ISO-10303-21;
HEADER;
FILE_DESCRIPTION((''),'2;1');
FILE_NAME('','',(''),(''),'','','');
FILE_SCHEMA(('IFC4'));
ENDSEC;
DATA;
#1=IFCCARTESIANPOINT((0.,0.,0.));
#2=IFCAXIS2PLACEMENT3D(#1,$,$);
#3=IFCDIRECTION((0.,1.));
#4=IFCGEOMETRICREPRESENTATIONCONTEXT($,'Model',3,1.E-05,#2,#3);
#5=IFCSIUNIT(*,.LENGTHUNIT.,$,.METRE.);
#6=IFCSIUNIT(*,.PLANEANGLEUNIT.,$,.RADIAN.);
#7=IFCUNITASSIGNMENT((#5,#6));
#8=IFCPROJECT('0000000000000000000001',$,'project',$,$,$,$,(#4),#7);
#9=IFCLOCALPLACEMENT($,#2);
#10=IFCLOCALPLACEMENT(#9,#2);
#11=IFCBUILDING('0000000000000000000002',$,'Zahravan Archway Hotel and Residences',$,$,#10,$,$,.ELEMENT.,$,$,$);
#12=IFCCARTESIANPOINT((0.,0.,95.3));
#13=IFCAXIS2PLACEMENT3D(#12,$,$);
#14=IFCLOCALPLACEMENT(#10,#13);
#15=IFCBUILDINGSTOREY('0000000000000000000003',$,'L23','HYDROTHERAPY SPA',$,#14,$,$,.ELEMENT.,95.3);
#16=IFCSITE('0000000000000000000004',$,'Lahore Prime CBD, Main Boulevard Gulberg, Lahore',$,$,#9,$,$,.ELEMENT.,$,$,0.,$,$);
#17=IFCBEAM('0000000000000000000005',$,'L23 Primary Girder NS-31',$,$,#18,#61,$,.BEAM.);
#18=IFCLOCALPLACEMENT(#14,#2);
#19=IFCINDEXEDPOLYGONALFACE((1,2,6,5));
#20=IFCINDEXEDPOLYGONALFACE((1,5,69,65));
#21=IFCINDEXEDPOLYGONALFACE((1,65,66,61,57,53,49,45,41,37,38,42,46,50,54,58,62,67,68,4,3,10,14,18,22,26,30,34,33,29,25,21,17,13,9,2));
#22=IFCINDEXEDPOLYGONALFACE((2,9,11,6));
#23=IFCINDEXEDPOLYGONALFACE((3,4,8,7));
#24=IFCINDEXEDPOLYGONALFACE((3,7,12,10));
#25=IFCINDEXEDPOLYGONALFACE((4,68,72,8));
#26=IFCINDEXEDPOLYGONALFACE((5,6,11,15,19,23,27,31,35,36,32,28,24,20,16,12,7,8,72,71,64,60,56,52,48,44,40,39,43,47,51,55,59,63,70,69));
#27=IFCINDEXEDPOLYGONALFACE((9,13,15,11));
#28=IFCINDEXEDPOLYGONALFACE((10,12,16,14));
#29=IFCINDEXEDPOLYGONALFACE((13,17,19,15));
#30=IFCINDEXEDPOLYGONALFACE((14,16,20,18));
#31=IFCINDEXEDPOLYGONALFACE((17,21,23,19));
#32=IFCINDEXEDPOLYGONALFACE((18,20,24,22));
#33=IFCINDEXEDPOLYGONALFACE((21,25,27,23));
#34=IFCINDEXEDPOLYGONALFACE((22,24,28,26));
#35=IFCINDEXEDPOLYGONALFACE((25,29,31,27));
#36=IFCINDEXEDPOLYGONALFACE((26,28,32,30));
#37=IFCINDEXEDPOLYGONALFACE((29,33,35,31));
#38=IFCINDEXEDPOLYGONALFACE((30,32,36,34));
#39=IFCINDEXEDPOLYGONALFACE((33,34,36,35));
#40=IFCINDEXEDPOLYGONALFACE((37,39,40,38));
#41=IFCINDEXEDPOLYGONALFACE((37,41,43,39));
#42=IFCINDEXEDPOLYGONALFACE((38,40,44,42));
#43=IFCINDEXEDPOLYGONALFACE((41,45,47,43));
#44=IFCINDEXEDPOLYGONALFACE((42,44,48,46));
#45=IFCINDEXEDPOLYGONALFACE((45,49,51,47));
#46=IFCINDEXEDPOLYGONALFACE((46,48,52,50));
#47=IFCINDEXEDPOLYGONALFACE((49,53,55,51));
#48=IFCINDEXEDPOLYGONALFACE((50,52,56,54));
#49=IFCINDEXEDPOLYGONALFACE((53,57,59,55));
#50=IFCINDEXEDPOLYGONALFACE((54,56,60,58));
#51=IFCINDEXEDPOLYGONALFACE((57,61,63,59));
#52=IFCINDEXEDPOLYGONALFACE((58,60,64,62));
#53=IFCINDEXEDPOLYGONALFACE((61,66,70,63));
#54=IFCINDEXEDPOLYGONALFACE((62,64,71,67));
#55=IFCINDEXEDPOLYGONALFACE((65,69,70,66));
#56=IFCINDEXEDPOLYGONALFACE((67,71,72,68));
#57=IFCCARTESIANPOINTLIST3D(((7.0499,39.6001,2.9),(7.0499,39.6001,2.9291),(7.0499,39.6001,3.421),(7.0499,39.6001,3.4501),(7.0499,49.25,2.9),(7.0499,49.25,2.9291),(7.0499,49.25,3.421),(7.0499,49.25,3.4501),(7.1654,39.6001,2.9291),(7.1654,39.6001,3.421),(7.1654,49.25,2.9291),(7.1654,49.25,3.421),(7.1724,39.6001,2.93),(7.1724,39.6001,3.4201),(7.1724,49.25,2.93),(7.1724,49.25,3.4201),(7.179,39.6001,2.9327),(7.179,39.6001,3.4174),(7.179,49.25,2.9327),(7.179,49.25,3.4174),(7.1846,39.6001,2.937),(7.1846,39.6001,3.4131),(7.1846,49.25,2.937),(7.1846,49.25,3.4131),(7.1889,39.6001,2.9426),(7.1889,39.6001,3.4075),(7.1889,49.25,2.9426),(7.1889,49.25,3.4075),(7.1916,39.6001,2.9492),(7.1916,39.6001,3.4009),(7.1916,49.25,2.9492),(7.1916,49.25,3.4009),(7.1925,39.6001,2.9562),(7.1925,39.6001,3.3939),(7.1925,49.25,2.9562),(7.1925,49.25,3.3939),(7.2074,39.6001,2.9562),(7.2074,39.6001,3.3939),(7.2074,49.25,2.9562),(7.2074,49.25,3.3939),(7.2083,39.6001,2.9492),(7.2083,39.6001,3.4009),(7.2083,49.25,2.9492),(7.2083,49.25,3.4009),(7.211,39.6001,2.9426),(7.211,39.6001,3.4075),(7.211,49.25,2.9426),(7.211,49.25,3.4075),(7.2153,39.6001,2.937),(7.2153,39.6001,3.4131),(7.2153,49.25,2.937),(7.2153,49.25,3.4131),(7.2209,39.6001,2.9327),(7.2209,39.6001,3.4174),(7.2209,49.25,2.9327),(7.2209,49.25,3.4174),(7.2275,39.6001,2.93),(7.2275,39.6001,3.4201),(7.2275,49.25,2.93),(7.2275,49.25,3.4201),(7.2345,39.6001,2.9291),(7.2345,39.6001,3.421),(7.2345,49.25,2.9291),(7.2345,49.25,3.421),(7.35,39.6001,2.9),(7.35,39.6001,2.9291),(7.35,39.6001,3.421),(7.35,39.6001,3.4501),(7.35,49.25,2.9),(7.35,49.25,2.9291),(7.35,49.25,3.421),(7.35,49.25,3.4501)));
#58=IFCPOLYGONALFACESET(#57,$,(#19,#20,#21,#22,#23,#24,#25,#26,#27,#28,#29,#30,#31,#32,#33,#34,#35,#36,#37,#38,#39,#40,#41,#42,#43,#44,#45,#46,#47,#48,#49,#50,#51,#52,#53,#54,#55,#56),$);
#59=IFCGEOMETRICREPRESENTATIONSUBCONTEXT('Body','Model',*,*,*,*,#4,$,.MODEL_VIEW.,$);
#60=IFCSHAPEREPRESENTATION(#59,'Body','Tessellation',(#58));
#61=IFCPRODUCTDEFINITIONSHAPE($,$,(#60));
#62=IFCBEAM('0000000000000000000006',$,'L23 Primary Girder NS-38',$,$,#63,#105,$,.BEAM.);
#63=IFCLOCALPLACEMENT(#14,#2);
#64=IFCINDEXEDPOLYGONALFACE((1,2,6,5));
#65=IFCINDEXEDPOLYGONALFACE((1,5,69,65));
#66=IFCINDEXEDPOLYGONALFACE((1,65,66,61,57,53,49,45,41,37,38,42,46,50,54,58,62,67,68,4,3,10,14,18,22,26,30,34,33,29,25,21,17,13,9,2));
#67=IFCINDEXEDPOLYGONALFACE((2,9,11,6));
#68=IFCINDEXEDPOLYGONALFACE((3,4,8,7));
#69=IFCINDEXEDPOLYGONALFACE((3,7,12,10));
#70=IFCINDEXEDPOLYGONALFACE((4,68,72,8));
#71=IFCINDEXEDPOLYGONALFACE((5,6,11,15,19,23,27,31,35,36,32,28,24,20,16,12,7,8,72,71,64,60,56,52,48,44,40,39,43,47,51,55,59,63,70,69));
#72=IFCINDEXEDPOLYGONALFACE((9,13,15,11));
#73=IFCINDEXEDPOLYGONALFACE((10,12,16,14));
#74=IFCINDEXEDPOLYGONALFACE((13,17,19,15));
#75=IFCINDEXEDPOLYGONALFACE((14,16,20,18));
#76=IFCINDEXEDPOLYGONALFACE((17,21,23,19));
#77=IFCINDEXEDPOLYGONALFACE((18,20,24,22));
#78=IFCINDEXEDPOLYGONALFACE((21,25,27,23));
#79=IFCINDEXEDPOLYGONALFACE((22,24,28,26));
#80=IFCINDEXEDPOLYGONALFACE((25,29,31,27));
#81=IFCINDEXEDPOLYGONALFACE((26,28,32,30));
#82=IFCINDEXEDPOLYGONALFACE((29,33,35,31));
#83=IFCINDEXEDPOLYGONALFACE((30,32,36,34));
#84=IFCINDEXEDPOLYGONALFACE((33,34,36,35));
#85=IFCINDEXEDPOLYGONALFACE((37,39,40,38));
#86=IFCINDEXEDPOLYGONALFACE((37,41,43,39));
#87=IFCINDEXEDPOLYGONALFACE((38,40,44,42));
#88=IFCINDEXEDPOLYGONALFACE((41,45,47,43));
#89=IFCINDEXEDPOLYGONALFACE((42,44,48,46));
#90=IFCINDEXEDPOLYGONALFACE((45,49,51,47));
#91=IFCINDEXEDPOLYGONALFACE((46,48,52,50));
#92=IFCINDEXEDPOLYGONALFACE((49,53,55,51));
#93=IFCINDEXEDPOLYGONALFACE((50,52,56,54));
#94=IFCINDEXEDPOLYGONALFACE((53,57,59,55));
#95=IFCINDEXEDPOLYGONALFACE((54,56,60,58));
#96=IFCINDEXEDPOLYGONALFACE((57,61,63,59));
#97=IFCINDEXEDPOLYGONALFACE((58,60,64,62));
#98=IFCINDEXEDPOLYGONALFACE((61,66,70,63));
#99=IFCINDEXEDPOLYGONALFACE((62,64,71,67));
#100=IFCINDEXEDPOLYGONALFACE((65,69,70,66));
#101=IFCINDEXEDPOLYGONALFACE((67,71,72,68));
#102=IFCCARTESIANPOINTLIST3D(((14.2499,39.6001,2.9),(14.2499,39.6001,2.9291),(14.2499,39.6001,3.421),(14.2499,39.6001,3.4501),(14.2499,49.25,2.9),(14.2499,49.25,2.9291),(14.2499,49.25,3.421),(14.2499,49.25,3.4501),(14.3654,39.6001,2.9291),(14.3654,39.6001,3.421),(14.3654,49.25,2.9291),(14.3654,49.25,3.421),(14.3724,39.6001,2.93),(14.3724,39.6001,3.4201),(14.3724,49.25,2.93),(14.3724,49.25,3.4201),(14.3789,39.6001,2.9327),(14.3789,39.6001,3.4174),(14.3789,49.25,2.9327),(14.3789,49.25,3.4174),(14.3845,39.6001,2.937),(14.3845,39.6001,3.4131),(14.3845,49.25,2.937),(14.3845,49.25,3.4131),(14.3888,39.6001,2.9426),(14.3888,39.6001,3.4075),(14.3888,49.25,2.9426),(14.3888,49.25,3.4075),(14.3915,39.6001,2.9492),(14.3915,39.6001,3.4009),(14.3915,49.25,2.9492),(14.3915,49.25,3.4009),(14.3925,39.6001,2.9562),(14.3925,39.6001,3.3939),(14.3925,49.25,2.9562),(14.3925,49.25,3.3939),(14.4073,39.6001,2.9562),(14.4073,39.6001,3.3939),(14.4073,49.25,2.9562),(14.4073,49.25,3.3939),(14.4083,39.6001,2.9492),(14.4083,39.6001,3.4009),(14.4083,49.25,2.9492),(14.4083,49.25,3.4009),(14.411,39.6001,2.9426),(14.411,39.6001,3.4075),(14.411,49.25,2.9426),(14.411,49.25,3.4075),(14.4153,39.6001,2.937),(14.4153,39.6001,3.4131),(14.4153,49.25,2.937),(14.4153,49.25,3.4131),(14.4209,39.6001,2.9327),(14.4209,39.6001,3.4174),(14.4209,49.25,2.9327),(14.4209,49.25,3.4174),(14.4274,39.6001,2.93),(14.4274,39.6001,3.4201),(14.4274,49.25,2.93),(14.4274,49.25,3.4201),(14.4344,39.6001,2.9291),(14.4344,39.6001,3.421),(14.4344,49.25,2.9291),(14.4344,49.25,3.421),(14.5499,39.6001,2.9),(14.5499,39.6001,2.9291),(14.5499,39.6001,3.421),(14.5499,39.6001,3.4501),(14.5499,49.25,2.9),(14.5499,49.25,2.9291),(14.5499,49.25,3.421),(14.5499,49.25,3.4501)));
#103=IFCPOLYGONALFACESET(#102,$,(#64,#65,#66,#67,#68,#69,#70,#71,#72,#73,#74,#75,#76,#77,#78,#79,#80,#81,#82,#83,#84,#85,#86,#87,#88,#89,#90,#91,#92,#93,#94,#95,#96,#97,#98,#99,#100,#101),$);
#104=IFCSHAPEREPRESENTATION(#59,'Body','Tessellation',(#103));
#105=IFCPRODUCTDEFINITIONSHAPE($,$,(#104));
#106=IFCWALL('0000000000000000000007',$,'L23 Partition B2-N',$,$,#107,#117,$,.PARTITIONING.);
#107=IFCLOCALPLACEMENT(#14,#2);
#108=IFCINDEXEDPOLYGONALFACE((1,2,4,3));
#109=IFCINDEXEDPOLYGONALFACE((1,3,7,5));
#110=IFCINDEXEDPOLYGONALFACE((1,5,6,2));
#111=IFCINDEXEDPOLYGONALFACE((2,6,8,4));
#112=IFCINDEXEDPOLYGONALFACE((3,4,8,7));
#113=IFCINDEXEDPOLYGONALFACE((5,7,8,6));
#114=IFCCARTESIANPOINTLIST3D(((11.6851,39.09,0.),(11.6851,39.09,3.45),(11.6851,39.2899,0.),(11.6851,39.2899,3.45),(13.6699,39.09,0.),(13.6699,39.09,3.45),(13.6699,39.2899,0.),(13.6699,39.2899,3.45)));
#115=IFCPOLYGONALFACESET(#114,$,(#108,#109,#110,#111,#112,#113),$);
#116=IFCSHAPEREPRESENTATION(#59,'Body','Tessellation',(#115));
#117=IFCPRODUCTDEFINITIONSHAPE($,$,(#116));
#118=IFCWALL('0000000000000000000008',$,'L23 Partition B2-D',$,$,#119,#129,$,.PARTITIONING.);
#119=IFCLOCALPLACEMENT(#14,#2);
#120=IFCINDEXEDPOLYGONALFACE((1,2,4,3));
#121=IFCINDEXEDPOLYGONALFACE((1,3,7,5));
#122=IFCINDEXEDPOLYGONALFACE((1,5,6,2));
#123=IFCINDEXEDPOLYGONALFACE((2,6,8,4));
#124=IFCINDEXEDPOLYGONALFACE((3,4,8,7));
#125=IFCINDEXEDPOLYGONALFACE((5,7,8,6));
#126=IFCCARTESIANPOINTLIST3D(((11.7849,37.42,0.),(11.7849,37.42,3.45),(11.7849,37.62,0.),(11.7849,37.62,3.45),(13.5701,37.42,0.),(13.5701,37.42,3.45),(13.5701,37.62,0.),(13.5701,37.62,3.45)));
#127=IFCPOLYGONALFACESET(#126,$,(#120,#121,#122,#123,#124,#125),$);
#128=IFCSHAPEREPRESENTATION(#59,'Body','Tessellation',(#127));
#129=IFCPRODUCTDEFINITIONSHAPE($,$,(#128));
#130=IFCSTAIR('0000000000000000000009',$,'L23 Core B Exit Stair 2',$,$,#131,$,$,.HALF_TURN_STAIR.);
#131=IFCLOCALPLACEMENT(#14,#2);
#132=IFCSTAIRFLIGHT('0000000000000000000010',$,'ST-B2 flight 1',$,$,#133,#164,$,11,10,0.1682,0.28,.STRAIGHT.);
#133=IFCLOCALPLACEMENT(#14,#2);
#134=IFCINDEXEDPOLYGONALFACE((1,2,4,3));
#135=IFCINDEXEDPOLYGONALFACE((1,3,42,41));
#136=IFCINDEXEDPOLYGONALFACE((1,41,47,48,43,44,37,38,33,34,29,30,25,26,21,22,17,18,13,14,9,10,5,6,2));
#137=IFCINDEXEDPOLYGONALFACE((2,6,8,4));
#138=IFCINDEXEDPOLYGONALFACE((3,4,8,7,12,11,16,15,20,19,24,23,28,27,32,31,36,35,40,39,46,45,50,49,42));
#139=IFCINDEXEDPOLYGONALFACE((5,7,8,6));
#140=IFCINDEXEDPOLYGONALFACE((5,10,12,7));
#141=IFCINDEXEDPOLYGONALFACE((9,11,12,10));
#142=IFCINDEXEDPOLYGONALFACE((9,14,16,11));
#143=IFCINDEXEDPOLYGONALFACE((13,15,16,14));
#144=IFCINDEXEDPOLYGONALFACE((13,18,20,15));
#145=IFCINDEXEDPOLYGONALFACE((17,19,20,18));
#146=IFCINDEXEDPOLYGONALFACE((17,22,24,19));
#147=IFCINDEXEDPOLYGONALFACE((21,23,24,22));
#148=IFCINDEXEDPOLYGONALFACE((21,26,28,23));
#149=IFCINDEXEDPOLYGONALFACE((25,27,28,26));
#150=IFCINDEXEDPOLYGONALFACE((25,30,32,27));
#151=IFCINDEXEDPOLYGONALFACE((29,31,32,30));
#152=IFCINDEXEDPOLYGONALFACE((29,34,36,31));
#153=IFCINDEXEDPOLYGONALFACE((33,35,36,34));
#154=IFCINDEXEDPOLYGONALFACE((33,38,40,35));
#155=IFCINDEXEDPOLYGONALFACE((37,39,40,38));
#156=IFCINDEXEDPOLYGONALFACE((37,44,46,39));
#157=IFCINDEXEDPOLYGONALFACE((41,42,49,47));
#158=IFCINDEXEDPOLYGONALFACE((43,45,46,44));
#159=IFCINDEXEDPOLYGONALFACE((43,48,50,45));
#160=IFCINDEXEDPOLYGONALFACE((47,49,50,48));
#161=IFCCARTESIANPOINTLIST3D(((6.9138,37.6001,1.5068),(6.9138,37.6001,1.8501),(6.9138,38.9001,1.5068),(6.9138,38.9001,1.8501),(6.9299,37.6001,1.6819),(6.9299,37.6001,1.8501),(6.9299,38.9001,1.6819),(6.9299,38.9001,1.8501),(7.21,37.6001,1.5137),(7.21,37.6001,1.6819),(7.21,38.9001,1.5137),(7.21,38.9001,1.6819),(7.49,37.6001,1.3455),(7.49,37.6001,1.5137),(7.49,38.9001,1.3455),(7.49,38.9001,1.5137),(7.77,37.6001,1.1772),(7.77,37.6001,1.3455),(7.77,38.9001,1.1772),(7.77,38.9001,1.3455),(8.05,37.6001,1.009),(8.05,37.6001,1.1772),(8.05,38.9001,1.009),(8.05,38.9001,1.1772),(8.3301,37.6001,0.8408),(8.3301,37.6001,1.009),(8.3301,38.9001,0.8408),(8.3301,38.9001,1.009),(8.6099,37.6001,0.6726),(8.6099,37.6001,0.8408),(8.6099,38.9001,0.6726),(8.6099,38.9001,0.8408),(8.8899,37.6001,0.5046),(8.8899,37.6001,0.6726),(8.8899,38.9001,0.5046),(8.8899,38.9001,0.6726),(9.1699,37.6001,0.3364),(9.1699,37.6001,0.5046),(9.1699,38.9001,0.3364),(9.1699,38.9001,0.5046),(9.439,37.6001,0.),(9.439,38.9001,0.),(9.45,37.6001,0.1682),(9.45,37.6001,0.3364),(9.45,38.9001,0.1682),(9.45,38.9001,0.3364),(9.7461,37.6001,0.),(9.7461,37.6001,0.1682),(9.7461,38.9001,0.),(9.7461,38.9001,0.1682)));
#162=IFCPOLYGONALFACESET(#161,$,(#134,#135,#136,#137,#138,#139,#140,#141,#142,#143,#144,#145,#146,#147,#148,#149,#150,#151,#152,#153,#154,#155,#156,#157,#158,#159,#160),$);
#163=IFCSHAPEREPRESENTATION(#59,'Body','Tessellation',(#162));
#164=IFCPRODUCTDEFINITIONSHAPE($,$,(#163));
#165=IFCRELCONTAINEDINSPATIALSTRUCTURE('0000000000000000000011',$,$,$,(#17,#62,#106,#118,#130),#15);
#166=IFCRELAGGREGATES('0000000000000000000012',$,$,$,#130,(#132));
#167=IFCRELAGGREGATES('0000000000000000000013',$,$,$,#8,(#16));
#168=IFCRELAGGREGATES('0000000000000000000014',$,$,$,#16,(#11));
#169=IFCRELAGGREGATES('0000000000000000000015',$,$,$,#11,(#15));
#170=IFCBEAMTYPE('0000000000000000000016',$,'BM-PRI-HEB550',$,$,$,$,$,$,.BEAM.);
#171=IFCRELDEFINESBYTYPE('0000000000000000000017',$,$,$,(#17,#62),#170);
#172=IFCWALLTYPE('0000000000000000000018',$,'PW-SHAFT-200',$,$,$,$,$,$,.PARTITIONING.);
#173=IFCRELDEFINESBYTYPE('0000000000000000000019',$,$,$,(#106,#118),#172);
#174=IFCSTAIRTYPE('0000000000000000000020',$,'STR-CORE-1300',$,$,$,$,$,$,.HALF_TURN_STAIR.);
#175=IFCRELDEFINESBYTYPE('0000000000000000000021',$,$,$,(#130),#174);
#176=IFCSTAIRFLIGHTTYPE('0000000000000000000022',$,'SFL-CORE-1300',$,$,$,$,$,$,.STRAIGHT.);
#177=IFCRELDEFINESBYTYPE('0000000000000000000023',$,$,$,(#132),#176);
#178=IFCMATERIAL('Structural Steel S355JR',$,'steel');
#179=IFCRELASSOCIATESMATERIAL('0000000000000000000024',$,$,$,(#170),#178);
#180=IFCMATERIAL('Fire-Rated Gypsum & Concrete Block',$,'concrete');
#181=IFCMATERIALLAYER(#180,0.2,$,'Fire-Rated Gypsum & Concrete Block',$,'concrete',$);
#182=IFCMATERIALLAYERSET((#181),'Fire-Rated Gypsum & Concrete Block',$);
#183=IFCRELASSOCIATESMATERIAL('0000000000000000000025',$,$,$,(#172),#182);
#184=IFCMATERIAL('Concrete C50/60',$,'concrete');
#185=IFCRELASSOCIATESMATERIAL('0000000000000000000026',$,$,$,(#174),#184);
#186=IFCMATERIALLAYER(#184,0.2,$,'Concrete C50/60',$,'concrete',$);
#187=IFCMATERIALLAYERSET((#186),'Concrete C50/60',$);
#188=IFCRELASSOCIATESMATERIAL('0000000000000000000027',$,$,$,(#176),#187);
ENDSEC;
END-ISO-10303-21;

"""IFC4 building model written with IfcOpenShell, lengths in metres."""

from ifc_helpers import new_model, si_unit, direction, frame, frame_2d, origin, origin_2d, place, context, subcontext, project, spatial, polyline, rectangle, i_section, outline, extrude, source, transform, mapped, material, layer, layer_set, material_profile, profile_set, type_object, element, aggregate, save


model = new_model("IFC4")

# Units and contexts
model_context = context("Model", 3, precision=1e-05, world=origin(), true_north=direction((0.0, 1.0)))
body_context = subcontext(model_context, "Body", "Model", "MODEL_VIEW")
ifc_project = project(units=[si_unit("LENGTHUNIT", "METRE"), si_unit("PLANEANGLEUNIT", "RADIAN")], contexts=[model_context])

# Site, building, storey
site_placement = place(None, origin())
site = spatial("IfcSite", under=ifc_project, at=site_placement, Name="Lahore Prime CBD, Main Boulevard Gulberg, Lahore", CompositionType="ELEMENT", RefElevation=0.0)
building_placement = place(site_placement, origin())
building = spatial("IfcBuilding", under=site, at=building_placement, Name="Zahravan Archway Hotel and Residences", CompositionType="ELEMENT")
storey_placement = place(building_placement, frame((0.0, 0.0, 95.3)))
storey = spatial("IfcBuildingStorey", under=building, at=storey_placement, Name="L23", Description="HYDROTHERAPY SPA", CompositionType="ELEMENT", Elevation=95.3)

# Beams
ifc_material_1 = material(Name="Structural Steel S355JR", Category="steel")
ifc_material_profile_1 = material_profile(ifc_material_1, i_section(OverallWidth=0.3, OverallDepth=0.55, WebThickness=0.0149, FlangeThickness=0.0291, FilletRadius=0.0271, at=origin_2d()), Name="HEB 550", Category="steel")
ifc_profile_set_1 = profile_set([ifc_material_profile_1], Name="Structural Steel S355JR")
beam_type_1 = type_object("IfcBeamType", Name="BM-PRI-HEB550", PredefinedType="BEAM", material=ifc_profile_set_1)
shared_shape_1 = source(origin(), body_context, "Body", "SweptSolid", [
    extrude(i_section(OverallWidth=0.3, OverallDepth=0.55, WebThickness=0.0149, FlangeThickness=0.0291, FilletRadius=0.0271, at=origin_2d()), origin(), (0.0, 0.0, 1.0), 9.6499),
])
for number, where, z_axis, x_axis, name in (
    (1, (7.2, 39.6001, 3.175), (0.0, 1.0, 0.0), (-1.0, 0.0, 0.0), "L23 Primary Girder NS-31"),
    (2, (14.3999, 39.6001, 3.175), (0.0, 1.0, 0.0), (-1.0, 0.0, 0.0), "L23 Primary Girder NS-38"),
):
    element("IfcBeam", number, at=place(storey_placement, frame(where, z_axis=z_axis, x_axis=x_axis)), inside=storey, type_object=beam_type_1, Name=name, PredefinedType="BEAM", context=body_context, shape_type="MappedRepresentation", body=[
        mapped(shared_shape_1, transform((0.0, 0.0, 0.0), scale=1.0)),
    ])

# Walls
ifc_material_2 = material(Name="Fire-Rated Gypsum & Concrete Block", Category="concrete")
ifc_layer_1 = layer(ifc_material_2, 0.2, Name="Fire-Rated Gypsum & Concrete Block", Category="concrete")
ifc_layer_set_1 = layer_set([ifc_layer_1], Name="Fire-Rated Gypsum & Concrete Block")
wall_type = type_object("IfcWallType", Name="PW-SHAFT-200", PredefinedType="PARTITIONING", material=ifc_layer_set_1)
wall_1_placement = place(storey_placement, frame((11.6851, 39.1899, 0.0), z_axis=(0.0, 0.0, 1.0), x_axis=(1.0, 0.0, 0.0)))
element("IfcWall", 3, at=wall_1_placement, inside=storey, type_object=wall_type, Name="L23 Partition B2-N", PredefinedType="PARTITIONING", context=body_context, shape_type="SweptSolid", body=[
    extrude(rectangle(XDim=1.9849, YDim=0.2, at=frame_2d((0.9924, 0.0))), origin(), (0.0, 0.0, 1.0), 3.45),
])
wall_2_placement = place(storey_placement, frame((11.7849, 37.52, 0.0), z_axis=(0.0, 0.0, 1.0), x_axis=(1.0, 0.0, 0.0)))
element("IfcWall", 4, at=wall_2_placement, inside=storey, type_object=wall_type, Name="L23 Partition B2-D", PredefinedType="PARTITIONING", context=body_context, shape_type="SweptSolid", body=[
    extrude(rectangle(XDim=1.7852, YDim=0.2, at=frame_2d((0.8926, 0.0))), origin(), (0.0, 0.0, 1.0), 3.45),
])

# Stair, stair flight
ifc_material_3 = material(Name="Concrete C50/60", Category="concrete")
stair_type = type_object("IfcStairType", Name="STR-CORE-1300", PredefinedType="HALF_TURN_STAIR", material=ifc_material_3)
stair_placement = place(storey_placement, origin())
stair = element("IfcStair", 5, at=stair_placement, inside=storey, type_object=stair_type, Name="L23 Core B Exit Stair 2", PredefinedType="HALF_TURN_STAIR")
ifc_layer_2 = layer(ifc_material_3, 0.2, Name="Concrete C50/60", Category="concrete")
ifc_layer_set_2 = layer_set([ifc_layer_2], Name="Concrete C50/60")
stair_flight_type = type_object("IfcStairFlightType", Name="SFL-CORE-1300", PredefinedType="STRAIGHT", material=ifc_layer_set_2)
shared_shape_2 = source(origin(), body_context, "Body", "SweptSolid", [
    extrude(outline(polyline([(-0.0161, 0.0), (-0.0161, 0.1682), (0.28, 0.1682), (0.28, 0.3364), (0.5601, 0.3364), (0.5601, 0.5046), (0.8401, 0.5046), (0.8401, 0.6726), (1.1201, 0.6726), (1.1201, 0.8408), (1.3999, 0.8408), (1.3999, 1.009), (1.6799, 1.009), (1.6799, 1.1772), (1.96, 1.1772), (1.96, 1.3455), (2.24, 1.3455), (2.24, 1.5137), (2.52, 1.5137), (2.52, 1.6819), (2.8, 1.6819), (2.8, 1.8501), (2.8162, 1.8501), (2.8162, 1.5068), (0.291, 0.0), (-0.0161, 0.0)])), frame((0.0, 0.6499, 0.0), z_axis=(0.0, -1.0, 0.0), x_axis=(1.0, 0.0, 0.0)), (0.0, 0.0, 1.0), 1.3),
])
stair_flight_placement = place(storey_placement, frame((9.73, 38.25, 0.0), z_axis=(0.0, 0.0, 1.0), x_axis=(-1.0, 0.0, 0.0)))
stair_flight = element("IfcStairFlight", 6, at=stair_flight_placement, type_object=stair_flight_type, Name="ST-B2 flight 1", NumberOfRisers=11, NumberOfTreads=10, PredefinedType="STRAIGHT", RiserHeight=0.1682, TreadLength=0.28, context=body_context, shape_type="MappedRepresentation", body=[
    mapped(shared_shape_2, transform((0.0, 0.0, 0.0), scale=1.0)),
])
aggregate(stair, [stair_flight])

save(model, "model.ifc")
